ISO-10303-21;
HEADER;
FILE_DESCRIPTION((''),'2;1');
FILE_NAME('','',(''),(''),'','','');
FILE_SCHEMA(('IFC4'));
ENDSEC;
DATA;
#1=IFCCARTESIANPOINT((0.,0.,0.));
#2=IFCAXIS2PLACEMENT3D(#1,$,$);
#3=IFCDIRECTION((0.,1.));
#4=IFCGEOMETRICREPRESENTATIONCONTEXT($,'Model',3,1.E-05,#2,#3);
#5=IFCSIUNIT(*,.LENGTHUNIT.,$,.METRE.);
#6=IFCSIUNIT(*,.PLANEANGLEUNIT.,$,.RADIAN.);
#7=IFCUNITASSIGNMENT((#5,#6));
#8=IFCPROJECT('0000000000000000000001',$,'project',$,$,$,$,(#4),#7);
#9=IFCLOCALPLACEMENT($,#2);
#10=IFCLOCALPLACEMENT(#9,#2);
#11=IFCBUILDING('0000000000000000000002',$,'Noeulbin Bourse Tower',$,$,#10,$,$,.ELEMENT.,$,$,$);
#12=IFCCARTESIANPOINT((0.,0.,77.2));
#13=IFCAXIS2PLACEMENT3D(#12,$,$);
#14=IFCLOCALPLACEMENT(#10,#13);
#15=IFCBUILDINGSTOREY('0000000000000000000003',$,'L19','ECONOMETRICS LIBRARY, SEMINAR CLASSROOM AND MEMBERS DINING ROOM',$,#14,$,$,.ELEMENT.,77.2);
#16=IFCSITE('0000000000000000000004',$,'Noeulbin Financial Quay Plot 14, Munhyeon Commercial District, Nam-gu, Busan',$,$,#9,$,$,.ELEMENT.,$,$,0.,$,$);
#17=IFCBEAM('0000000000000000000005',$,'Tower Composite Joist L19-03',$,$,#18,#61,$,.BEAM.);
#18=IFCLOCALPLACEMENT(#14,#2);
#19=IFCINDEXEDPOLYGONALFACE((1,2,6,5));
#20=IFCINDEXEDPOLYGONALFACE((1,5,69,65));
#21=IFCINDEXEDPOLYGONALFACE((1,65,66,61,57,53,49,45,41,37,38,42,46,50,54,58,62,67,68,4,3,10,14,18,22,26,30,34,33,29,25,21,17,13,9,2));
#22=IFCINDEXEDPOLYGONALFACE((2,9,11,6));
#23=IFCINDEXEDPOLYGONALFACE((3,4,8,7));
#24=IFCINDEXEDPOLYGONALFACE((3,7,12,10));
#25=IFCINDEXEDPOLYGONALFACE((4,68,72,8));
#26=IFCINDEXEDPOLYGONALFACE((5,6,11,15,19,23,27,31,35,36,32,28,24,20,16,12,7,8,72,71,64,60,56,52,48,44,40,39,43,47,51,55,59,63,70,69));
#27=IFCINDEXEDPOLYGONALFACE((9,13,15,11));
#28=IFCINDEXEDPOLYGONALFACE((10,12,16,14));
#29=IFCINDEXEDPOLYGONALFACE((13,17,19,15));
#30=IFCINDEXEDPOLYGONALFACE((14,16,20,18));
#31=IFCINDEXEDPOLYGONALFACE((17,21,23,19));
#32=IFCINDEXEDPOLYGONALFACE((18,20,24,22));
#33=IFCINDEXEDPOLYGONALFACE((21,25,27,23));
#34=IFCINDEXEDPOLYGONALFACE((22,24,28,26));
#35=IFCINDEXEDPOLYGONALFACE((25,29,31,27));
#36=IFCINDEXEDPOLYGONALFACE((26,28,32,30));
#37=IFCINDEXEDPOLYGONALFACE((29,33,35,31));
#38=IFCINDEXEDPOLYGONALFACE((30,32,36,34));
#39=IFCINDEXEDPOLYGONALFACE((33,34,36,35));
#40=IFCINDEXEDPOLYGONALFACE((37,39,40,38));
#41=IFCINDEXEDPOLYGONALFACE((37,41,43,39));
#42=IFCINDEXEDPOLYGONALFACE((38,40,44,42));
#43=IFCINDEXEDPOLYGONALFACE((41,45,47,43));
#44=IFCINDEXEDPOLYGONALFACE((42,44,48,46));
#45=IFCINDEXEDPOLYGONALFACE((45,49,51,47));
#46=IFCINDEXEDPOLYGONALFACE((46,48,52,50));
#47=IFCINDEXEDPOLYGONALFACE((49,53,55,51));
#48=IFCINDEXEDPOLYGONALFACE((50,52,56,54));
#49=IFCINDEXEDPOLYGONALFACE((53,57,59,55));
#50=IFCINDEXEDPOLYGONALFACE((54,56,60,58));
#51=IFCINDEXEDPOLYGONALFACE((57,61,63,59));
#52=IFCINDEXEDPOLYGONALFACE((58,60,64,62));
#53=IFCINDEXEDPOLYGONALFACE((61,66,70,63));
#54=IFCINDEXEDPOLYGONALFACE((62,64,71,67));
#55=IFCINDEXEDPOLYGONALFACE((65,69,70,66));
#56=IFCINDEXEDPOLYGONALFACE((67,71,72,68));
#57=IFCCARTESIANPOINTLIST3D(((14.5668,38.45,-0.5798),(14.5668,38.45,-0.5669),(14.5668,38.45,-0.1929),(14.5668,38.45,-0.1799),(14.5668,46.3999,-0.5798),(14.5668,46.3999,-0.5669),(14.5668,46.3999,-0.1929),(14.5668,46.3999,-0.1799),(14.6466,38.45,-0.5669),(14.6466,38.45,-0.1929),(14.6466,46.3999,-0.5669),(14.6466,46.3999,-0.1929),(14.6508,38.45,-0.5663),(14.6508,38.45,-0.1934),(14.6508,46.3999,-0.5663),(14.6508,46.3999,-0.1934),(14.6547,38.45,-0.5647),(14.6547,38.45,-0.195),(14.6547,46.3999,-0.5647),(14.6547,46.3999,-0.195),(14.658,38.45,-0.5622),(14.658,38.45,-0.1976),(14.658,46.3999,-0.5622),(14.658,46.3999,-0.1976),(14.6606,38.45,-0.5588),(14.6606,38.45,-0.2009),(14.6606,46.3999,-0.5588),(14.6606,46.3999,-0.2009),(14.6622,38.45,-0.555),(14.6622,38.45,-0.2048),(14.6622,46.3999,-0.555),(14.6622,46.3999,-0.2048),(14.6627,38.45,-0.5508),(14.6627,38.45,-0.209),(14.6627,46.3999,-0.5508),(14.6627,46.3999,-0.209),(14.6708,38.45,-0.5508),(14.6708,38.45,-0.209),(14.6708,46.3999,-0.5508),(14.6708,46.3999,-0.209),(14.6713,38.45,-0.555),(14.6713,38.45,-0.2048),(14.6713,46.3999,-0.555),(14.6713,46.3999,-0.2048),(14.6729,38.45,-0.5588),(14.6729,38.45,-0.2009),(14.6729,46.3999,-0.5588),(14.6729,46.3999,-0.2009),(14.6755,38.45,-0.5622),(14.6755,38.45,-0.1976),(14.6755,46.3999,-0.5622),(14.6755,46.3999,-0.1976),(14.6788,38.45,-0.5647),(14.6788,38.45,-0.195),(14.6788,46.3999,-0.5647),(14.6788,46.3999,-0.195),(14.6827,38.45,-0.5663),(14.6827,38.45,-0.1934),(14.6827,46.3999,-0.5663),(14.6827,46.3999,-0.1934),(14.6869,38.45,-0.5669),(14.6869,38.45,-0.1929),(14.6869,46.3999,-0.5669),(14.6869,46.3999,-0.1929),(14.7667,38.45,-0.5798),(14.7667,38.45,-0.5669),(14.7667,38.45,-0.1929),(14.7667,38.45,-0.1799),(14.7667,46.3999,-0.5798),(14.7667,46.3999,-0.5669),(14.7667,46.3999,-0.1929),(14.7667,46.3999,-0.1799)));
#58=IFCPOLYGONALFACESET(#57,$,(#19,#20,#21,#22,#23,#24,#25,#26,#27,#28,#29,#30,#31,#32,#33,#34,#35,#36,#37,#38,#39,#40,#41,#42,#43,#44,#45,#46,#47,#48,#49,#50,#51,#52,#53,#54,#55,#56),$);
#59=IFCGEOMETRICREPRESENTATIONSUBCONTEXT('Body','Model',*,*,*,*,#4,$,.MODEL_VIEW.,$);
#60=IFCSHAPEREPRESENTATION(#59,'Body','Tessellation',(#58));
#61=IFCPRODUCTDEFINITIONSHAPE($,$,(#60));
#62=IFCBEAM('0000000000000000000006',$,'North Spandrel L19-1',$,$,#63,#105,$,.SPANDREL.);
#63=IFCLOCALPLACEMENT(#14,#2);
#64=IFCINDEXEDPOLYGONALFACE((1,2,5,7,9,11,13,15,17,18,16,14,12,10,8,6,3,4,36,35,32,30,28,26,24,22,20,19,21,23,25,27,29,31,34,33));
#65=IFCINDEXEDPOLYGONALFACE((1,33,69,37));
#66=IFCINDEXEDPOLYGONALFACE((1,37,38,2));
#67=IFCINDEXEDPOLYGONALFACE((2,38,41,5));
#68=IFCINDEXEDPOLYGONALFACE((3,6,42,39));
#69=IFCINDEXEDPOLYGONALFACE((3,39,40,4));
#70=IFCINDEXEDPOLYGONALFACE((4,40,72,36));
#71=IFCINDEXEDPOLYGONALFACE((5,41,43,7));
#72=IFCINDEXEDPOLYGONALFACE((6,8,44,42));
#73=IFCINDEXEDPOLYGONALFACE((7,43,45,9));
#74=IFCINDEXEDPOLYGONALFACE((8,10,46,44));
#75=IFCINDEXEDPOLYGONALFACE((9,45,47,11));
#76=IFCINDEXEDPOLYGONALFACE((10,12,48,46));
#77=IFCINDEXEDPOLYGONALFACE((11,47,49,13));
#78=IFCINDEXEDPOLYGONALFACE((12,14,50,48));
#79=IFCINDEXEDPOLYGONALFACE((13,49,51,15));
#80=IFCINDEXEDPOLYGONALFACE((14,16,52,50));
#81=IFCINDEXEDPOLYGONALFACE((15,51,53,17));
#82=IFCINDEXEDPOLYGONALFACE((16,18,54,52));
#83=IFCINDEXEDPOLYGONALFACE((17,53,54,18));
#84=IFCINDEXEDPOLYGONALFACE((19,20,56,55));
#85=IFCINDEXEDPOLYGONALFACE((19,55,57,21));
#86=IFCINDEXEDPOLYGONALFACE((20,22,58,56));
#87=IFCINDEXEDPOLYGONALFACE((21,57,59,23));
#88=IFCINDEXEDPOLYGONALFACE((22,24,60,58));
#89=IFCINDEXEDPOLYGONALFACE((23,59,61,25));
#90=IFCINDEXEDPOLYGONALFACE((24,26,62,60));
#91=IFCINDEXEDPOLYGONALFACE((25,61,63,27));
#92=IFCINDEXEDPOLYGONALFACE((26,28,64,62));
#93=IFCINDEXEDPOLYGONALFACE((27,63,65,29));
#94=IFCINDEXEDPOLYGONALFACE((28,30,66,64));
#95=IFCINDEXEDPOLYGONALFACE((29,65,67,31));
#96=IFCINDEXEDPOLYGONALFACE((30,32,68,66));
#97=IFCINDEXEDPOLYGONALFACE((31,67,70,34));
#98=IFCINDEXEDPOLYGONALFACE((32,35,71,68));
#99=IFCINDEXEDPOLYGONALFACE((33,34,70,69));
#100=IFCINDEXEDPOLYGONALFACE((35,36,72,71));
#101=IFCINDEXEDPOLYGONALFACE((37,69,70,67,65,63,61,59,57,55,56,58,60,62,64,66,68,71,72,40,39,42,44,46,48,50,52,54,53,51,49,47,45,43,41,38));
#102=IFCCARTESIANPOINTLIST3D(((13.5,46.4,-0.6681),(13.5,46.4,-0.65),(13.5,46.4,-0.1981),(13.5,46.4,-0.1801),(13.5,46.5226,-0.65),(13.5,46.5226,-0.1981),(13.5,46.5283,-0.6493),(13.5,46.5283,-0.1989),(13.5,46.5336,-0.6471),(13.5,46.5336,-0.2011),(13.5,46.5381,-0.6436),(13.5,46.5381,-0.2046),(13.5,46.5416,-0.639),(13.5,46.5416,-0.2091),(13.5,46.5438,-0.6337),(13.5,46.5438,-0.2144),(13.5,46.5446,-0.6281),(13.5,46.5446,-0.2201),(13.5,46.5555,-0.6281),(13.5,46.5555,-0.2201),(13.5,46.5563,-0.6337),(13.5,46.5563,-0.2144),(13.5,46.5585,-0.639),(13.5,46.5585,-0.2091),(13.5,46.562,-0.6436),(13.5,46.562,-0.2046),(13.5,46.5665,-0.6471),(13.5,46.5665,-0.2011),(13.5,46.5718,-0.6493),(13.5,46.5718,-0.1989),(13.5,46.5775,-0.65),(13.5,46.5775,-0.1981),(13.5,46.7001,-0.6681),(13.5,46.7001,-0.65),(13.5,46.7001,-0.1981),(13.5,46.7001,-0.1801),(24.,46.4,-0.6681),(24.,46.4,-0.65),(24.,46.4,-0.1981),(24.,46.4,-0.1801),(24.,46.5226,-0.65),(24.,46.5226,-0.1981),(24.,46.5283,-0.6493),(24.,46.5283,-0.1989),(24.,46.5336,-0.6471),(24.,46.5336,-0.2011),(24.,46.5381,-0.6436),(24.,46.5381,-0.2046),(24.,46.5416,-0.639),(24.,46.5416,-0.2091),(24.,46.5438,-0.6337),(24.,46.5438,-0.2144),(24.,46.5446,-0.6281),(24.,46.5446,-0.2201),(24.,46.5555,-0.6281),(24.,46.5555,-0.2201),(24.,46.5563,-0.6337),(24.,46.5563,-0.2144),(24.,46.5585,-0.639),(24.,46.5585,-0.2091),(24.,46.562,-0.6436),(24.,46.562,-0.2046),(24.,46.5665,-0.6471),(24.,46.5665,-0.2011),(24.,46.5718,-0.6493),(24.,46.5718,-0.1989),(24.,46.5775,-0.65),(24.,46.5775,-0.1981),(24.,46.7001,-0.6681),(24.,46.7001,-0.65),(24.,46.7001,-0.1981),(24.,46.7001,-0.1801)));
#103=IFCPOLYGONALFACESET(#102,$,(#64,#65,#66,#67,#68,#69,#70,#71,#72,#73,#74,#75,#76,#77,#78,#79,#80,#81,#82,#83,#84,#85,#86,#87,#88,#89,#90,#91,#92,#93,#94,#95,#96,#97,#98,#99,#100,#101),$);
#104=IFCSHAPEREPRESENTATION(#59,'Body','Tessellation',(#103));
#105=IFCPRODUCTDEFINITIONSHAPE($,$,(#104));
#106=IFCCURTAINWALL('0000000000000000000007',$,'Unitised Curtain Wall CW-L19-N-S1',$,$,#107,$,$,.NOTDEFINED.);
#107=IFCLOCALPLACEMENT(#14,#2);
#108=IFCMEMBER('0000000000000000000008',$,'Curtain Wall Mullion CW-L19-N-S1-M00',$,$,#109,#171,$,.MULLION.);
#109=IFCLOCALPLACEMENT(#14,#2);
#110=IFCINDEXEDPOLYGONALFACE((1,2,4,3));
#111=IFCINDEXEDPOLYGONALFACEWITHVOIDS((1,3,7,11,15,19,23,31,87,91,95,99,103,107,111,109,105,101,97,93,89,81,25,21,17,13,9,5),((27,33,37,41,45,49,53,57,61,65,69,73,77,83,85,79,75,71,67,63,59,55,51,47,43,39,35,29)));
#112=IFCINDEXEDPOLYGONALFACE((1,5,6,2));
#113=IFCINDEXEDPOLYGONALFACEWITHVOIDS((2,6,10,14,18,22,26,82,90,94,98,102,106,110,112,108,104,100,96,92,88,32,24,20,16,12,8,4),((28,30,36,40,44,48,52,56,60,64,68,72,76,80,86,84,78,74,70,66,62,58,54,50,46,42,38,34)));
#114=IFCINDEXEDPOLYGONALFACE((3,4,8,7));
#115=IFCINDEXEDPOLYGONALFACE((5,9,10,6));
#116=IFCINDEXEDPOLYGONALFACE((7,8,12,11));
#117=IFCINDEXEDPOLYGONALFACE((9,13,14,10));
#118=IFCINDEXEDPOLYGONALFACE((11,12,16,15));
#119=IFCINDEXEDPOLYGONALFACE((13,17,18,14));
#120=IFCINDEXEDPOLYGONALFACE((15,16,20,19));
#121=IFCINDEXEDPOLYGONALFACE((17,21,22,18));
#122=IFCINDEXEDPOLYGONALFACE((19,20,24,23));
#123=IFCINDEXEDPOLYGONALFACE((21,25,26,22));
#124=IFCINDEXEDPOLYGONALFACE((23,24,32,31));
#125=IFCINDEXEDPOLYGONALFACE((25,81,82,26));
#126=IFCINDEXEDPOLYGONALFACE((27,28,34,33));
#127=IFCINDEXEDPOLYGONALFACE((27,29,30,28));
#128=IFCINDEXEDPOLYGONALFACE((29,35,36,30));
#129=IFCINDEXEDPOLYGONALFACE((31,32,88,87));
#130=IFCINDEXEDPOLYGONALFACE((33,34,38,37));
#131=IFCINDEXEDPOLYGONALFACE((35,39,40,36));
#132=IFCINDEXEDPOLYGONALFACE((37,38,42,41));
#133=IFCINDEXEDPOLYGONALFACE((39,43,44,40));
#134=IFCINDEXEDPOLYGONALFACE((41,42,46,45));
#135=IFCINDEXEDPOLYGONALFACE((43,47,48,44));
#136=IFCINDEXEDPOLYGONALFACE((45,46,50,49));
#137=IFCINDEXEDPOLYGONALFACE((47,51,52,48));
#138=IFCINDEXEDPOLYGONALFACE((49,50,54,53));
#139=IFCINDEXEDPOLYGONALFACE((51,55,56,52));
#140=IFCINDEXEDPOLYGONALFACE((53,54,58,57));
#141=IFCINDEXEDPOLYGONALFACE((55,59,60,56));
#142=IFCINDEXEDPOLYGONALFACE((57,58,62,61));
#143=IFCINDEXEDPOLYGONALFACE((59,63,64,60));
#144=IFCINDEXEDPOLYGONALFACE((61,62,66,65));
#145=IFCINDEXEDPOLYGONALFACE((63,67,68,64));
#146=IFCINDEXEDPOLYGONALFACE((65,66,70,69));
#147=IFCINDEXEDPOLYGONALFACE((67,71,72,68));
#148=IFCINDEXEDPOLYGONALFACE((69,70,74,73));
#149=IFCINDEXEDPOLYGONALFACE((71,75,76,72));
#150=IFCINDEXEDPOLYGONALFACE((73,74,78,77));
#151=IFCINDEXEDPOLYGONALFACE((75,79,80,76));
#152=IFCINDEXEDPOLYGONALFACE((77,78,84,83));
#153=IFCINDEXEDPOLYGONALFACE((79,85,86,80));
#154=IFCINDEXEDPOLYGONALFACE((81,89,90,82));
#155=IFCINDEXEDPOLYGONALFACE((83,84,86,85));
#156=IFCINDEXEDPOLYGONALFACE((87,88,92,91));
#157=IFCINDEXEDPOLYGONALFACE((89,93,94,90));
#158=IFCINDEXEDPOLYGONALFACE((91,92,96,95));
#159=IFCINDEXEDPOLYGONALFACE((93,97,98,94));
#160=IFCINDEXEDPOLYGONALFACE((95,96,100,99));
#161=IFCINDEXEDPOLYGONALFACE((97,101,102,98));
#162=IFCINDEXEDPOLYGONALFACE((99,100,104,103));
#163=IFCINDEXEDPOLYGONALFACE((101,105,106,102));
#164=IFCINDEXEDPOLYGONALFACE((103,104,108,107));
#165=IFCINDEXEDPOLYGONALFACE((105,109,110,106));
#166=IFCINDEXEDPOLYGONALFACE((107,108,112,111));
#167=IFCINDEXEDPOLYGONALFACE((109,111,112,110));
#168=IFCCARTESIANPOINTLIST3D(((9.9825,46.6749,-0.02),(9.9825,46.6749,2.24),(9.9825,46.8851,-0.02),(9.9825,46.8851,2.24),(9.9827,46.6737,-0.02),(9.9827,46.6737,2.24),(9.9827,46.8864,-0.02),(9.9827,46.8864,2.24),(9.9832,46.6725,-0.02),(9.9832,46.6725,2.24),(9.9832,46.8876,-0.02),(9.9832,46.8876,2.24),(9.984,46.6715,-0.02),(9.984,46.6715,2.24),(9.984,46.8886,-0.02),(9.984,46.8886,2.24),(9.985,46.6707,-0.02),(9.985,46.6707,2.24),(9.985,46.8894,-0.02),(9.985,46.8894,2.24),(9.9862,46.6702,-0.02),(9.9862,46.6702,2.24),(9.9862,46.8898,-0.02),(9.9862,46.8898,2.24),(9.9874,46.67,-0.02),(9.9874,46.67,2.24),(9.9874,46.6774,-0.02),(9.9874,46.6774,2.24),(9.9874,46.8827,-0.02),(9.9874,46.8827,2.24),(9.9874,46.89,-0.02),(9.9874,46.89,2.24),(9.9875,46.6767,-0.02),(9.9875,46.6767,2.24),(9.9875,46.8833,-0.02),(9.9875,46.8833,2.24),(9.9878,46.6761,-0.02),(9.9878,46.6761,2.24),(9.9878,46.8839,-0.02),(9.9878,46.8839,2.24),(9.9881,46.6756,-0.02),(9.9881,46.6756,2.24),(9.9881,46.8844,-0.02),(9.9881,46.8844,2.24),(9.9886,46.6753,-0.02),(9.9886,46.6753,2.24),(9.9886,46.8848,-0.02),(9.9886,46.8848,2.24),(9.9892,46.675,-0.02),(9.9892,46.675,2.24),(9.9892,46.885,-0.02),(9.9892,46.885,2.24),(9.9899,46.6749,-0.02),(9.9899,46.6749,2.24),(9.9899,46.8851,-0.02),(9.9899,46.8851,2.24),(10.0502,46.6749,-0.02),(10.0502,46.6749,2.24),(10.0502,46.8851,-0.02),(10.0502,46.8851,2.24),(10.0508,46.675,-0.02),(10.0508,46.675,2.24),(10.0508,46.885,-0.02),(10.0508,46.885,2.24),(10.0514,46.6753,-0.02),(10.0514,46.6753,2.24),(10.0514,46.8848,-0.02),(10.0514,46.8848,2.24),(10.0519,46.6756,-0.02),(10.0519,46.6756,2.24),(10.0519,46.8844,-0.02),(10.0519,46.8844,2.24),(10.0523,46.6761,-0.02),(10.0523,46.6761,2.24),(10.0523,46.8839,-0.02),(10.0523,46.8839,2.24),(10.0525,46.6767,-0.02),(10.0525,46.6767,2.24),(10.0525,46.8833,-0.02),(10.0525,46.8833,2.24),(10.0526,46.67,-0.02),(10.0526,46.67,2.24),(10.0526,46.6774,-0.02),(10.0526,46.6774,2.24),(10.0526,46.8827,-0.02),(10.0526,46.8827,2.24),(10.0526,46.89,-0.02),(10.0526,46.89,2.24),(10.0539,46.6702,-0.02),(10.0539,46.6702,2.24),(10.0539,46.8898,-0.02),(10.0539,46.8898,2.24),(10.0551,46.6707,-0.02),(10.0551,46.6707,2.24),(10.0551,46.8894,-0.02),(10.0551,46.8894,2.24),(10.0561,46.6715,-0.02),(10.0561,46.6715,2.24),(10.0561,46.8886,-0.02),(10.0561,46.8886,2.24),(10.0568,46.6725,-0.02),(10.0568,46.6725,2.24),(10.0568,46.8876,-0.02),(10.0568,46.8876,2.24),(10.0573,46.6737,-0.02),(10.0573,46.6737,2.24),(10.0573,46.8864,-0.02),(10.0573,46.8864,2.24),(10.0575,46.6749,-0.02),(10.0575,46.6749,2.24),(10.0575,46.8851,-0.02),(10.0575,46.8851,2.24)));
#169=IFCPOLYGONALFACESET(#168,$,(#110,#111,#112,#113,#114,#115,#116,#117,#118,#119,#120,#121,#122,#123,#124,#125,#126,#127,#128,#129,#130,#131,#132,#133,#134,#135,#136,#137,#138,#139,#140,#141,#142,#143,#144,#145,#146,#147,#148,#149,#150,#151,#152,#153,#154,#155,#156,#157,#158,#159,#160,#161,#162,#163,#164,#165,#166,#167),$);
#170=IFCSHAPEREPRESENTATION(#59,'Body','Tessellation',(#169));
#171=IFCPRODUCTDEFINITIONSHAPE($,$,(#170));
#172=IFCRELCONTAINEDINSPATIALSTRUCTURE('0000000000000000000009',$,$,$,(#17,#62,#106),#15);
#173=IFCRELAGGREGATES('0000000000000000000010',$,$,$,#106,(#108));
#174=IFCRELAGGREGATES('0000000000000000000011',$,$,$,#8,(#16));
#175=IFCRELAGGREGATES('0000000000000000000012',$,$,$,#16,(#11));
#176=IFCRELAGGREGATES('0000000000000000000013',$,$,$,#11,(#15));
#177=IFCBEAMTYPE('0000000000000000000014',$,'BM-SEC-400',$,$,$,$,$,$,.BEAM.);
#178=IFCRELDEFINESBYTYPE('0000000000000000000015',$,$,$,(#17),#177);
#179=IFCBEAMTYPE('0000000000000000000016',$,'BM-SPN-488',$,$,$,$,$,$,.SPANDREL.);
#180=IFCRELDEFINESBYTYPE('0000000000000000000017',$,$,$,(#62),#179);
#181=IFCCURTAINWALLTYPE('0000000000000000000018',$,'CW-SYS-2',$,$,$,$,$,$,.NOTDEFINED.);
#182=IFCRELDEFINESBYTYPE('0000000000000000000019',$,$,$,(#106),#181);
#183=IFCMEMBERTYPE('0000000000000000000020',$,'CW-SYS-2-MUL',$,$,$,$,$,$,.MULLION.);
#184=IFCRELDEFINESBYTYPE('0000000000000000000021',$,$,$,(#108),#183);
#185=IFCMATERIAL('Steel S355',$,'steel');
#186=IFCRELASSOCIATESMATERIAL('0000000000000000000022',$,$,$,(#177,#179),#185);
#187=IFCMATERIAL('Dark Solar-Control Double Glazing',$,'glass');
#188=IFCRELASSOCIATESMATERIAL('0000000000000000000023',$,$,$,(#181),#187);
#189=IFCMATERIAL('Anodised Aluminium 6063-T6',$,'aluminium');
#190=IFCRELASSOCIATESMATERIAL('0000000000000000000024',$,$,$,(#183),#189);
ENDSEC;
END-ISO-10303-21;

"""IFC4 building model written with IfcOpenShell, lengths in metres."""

from ifc_helpers import new_model, si_unit, direction, frame, origin, origin_2d, place, context, subcontext, project, spatial, hollow_rectangle, i_section, extrude, material, material_profile, profile_set, type_object, element, aggregate, save


model = new_model("IFC4")

# Units and contexts
model_context = context("Model", 3, precision=1e-05, world=origin(), true_north=direction((0.0, 1.0)))
body_context = subcontext(model_context, "Body", "Model", "MODEL_VIEW")
ifc_project = project(units=[si_unit("LENGTHUNIT", "METRE"), si_unit("PLANEANGLEUNIT", "RADIAN")], contexts=[model_context])

# Site, building, storey
site_placement = place(None, origin())
site = spatial("IfcSite", under=ifc_project, at=site_placement, Name="Noeulbin Financial Quay Plot 14, Munhyeon Commercial District, Nam-gu, Busan", CompositionType="ELEMENT", RefElevation=0.0)
building_placement = place(site_placement, origin())
building = spatial("IfcBuilding", under=site, at=building_placement, Name="Noeulbin Bourse Tower", CompositionType="ELEMENT")
storey_placement = place(building_placement, frame((0.0, 0.0, 77.2)))
storey = spatial("IfcBuildingStorey", under=building, at=storey_placement, Name="L19", Description="ECONOMETRICS LIBRARY, SEMINAR CLASSROOM AND MEMBERS DINING ROOM", CompositionType="ELEMENT", Elevation=77.2)

# Beams
ifc_material_1 = material(Name="Steel S355", Category="steel")
ifc_material_profile_1 = material_profile(ifc_material_1, i_section(OverallWidth=0.2, OverallDepth=0.3999, WebThickness=0.0081, FlangeThickness=0.0129, FilletRadius=0.0161, at=origin_2d()), Name="H-400x200x8x13", Category="LoadBearing")
ifc_profile_set_1 = profile_set([ifc_material_profile_1], Name="Steel S355")
beam_type_1 = type_object("IfcBeamType", Name="BM-SEC-400", PredefinedType="BEAM", material=ifc_profile_set_1)
beam_1_placement = place(storey_placement, frame((14.6667, 38.45, -0.3799), z_axis=(0.0, 1.0, 0.0), x_axis=(-1.0, 0.0, 0.0)))
element("IfcBeam", 1, at=beam_1_placement, inside=storey, type_object=beam_type_1, Name="Tower Composite Joist L19-03", PredefinedType="BEAM", context=body_context, shape_type="SweptSolid", body=[
    extrude(i_section(OverallWidth=0.2, OverallDepth=0.3999, WebThickness=0.0081, FlangeThickness=0.0129, FilletRadius=0.0161, at=origin_2d()), origin(), (0.0, 0.0, 1.0), 7.95),
])
ifc_material_profile_2 = material_profile(ifc_material_1, i_section(OverallWidth=0.3, OverallDepth=0.488, WebThickness=0.011, FlangeThickness=0.0181, FilletRadius=0.022, at=origin_2d()), Name="H-488x300x11x18", Category="LoadBearing")
ifc_profile_set_2 = profile_set([ifc_material_profile_2], Name="Steel S355")
beam_type_2 = type_object("IfcBeamType", Name="BM-SPN-488", PredefinedType="SPANDREL", material=ifc_profile_set_2)
beam_2_placement = place(storey_placement, frame((13.5, 46.55, -0.4241), z_axis=(1.0, 0.0, 0.0), x_axis=(0.0, 1.0, 0.0)))
element("IfcBeam", 2, at=beam_2_placement, inside=storey, type_object=beam_type_2, Name="North Spandrel L19-1", PredefinedType="SPANDREL", context=body_context, shape_type="SweptSolid", body=[
    extrude(i_section(OverallWidth=0.3, OverallDepth=0.488, WebThickness=0.011, FlangeThickness=0.0181, FilletRadius=0.022, at=origin_2d()), origin(), (0.0, 0.0, 1.0), 10.5),
])

# Curtain wall, member
ifc_material_2 = material(Name="Dark Solar-Control Double Glazing", Category="glass")
curtain_wall_type = type_object("IfcCurtainWallType", Name="CW-SYS-2", PredefinedType="NOTDEFINED", material=ifc_material_2)
curtain_wall_1_placement = place(storey_placement, origin())
curtain_wall_1 = element("IfcCurtainWall", 3, at=curtain_wall_1_placement, inside=storey, type_object=curtain_wall_type, Name="Unitised Curtain Wall CW-L19-N-S1", PredefinedType="NOTDEFINED")
ifc_material_3 = material(Name="Anodised Aluminium 6063-T6", Category="aluminium")
ifc_material_profile_3 = material_profile(ifc_material_3, hollow_rectangle(XDim=0.075, YDim=0.22, WallThickness=0.0049, InnerFilletRadius=0.0024, OuterFilletRadius=0.0049, at=origin_2d()), Name="ALU-MULL-75x220x5", Category="LoadBearing")
ifc_profile_set_3 = profile_set([ifc_material_profile_3], Name="Anodised Aluminium 6063-T6")
member_type_1 = type_object("IfcMemberType", Name="CW-SYS-2-MUL", PredefinedType="MULLION", material=ifc_profile_set_3)
member_1_placement = place(storey_placement, frame((10.02, 46.78, -0.02), z_axis=(0.0, 0.0, 1.0), x_axis=(1.0, 0.0, 0.0)))
member_1 = element("IfcMember", 4, at=member_1_placement, type_object=member_type_1, Name="Curtain Wall Mullion CW-L19-N-S1-M00", PredefinedType="MULLION", context=body_context, shape_type="SweptSolid", body=[
    extrude(hollow_rectangle(XDim=0.075, YDim=0.22, WallThickness=0.0049, InnerFilletRadius=0.0024, OuterFilletRadius=0.0049, at=origin_2d()), origin(), (0.0, 0.0, 1.0), 2.26),
])

aggregate(curtain_wall_1, [member_1])

save(model, "model.ifc")
